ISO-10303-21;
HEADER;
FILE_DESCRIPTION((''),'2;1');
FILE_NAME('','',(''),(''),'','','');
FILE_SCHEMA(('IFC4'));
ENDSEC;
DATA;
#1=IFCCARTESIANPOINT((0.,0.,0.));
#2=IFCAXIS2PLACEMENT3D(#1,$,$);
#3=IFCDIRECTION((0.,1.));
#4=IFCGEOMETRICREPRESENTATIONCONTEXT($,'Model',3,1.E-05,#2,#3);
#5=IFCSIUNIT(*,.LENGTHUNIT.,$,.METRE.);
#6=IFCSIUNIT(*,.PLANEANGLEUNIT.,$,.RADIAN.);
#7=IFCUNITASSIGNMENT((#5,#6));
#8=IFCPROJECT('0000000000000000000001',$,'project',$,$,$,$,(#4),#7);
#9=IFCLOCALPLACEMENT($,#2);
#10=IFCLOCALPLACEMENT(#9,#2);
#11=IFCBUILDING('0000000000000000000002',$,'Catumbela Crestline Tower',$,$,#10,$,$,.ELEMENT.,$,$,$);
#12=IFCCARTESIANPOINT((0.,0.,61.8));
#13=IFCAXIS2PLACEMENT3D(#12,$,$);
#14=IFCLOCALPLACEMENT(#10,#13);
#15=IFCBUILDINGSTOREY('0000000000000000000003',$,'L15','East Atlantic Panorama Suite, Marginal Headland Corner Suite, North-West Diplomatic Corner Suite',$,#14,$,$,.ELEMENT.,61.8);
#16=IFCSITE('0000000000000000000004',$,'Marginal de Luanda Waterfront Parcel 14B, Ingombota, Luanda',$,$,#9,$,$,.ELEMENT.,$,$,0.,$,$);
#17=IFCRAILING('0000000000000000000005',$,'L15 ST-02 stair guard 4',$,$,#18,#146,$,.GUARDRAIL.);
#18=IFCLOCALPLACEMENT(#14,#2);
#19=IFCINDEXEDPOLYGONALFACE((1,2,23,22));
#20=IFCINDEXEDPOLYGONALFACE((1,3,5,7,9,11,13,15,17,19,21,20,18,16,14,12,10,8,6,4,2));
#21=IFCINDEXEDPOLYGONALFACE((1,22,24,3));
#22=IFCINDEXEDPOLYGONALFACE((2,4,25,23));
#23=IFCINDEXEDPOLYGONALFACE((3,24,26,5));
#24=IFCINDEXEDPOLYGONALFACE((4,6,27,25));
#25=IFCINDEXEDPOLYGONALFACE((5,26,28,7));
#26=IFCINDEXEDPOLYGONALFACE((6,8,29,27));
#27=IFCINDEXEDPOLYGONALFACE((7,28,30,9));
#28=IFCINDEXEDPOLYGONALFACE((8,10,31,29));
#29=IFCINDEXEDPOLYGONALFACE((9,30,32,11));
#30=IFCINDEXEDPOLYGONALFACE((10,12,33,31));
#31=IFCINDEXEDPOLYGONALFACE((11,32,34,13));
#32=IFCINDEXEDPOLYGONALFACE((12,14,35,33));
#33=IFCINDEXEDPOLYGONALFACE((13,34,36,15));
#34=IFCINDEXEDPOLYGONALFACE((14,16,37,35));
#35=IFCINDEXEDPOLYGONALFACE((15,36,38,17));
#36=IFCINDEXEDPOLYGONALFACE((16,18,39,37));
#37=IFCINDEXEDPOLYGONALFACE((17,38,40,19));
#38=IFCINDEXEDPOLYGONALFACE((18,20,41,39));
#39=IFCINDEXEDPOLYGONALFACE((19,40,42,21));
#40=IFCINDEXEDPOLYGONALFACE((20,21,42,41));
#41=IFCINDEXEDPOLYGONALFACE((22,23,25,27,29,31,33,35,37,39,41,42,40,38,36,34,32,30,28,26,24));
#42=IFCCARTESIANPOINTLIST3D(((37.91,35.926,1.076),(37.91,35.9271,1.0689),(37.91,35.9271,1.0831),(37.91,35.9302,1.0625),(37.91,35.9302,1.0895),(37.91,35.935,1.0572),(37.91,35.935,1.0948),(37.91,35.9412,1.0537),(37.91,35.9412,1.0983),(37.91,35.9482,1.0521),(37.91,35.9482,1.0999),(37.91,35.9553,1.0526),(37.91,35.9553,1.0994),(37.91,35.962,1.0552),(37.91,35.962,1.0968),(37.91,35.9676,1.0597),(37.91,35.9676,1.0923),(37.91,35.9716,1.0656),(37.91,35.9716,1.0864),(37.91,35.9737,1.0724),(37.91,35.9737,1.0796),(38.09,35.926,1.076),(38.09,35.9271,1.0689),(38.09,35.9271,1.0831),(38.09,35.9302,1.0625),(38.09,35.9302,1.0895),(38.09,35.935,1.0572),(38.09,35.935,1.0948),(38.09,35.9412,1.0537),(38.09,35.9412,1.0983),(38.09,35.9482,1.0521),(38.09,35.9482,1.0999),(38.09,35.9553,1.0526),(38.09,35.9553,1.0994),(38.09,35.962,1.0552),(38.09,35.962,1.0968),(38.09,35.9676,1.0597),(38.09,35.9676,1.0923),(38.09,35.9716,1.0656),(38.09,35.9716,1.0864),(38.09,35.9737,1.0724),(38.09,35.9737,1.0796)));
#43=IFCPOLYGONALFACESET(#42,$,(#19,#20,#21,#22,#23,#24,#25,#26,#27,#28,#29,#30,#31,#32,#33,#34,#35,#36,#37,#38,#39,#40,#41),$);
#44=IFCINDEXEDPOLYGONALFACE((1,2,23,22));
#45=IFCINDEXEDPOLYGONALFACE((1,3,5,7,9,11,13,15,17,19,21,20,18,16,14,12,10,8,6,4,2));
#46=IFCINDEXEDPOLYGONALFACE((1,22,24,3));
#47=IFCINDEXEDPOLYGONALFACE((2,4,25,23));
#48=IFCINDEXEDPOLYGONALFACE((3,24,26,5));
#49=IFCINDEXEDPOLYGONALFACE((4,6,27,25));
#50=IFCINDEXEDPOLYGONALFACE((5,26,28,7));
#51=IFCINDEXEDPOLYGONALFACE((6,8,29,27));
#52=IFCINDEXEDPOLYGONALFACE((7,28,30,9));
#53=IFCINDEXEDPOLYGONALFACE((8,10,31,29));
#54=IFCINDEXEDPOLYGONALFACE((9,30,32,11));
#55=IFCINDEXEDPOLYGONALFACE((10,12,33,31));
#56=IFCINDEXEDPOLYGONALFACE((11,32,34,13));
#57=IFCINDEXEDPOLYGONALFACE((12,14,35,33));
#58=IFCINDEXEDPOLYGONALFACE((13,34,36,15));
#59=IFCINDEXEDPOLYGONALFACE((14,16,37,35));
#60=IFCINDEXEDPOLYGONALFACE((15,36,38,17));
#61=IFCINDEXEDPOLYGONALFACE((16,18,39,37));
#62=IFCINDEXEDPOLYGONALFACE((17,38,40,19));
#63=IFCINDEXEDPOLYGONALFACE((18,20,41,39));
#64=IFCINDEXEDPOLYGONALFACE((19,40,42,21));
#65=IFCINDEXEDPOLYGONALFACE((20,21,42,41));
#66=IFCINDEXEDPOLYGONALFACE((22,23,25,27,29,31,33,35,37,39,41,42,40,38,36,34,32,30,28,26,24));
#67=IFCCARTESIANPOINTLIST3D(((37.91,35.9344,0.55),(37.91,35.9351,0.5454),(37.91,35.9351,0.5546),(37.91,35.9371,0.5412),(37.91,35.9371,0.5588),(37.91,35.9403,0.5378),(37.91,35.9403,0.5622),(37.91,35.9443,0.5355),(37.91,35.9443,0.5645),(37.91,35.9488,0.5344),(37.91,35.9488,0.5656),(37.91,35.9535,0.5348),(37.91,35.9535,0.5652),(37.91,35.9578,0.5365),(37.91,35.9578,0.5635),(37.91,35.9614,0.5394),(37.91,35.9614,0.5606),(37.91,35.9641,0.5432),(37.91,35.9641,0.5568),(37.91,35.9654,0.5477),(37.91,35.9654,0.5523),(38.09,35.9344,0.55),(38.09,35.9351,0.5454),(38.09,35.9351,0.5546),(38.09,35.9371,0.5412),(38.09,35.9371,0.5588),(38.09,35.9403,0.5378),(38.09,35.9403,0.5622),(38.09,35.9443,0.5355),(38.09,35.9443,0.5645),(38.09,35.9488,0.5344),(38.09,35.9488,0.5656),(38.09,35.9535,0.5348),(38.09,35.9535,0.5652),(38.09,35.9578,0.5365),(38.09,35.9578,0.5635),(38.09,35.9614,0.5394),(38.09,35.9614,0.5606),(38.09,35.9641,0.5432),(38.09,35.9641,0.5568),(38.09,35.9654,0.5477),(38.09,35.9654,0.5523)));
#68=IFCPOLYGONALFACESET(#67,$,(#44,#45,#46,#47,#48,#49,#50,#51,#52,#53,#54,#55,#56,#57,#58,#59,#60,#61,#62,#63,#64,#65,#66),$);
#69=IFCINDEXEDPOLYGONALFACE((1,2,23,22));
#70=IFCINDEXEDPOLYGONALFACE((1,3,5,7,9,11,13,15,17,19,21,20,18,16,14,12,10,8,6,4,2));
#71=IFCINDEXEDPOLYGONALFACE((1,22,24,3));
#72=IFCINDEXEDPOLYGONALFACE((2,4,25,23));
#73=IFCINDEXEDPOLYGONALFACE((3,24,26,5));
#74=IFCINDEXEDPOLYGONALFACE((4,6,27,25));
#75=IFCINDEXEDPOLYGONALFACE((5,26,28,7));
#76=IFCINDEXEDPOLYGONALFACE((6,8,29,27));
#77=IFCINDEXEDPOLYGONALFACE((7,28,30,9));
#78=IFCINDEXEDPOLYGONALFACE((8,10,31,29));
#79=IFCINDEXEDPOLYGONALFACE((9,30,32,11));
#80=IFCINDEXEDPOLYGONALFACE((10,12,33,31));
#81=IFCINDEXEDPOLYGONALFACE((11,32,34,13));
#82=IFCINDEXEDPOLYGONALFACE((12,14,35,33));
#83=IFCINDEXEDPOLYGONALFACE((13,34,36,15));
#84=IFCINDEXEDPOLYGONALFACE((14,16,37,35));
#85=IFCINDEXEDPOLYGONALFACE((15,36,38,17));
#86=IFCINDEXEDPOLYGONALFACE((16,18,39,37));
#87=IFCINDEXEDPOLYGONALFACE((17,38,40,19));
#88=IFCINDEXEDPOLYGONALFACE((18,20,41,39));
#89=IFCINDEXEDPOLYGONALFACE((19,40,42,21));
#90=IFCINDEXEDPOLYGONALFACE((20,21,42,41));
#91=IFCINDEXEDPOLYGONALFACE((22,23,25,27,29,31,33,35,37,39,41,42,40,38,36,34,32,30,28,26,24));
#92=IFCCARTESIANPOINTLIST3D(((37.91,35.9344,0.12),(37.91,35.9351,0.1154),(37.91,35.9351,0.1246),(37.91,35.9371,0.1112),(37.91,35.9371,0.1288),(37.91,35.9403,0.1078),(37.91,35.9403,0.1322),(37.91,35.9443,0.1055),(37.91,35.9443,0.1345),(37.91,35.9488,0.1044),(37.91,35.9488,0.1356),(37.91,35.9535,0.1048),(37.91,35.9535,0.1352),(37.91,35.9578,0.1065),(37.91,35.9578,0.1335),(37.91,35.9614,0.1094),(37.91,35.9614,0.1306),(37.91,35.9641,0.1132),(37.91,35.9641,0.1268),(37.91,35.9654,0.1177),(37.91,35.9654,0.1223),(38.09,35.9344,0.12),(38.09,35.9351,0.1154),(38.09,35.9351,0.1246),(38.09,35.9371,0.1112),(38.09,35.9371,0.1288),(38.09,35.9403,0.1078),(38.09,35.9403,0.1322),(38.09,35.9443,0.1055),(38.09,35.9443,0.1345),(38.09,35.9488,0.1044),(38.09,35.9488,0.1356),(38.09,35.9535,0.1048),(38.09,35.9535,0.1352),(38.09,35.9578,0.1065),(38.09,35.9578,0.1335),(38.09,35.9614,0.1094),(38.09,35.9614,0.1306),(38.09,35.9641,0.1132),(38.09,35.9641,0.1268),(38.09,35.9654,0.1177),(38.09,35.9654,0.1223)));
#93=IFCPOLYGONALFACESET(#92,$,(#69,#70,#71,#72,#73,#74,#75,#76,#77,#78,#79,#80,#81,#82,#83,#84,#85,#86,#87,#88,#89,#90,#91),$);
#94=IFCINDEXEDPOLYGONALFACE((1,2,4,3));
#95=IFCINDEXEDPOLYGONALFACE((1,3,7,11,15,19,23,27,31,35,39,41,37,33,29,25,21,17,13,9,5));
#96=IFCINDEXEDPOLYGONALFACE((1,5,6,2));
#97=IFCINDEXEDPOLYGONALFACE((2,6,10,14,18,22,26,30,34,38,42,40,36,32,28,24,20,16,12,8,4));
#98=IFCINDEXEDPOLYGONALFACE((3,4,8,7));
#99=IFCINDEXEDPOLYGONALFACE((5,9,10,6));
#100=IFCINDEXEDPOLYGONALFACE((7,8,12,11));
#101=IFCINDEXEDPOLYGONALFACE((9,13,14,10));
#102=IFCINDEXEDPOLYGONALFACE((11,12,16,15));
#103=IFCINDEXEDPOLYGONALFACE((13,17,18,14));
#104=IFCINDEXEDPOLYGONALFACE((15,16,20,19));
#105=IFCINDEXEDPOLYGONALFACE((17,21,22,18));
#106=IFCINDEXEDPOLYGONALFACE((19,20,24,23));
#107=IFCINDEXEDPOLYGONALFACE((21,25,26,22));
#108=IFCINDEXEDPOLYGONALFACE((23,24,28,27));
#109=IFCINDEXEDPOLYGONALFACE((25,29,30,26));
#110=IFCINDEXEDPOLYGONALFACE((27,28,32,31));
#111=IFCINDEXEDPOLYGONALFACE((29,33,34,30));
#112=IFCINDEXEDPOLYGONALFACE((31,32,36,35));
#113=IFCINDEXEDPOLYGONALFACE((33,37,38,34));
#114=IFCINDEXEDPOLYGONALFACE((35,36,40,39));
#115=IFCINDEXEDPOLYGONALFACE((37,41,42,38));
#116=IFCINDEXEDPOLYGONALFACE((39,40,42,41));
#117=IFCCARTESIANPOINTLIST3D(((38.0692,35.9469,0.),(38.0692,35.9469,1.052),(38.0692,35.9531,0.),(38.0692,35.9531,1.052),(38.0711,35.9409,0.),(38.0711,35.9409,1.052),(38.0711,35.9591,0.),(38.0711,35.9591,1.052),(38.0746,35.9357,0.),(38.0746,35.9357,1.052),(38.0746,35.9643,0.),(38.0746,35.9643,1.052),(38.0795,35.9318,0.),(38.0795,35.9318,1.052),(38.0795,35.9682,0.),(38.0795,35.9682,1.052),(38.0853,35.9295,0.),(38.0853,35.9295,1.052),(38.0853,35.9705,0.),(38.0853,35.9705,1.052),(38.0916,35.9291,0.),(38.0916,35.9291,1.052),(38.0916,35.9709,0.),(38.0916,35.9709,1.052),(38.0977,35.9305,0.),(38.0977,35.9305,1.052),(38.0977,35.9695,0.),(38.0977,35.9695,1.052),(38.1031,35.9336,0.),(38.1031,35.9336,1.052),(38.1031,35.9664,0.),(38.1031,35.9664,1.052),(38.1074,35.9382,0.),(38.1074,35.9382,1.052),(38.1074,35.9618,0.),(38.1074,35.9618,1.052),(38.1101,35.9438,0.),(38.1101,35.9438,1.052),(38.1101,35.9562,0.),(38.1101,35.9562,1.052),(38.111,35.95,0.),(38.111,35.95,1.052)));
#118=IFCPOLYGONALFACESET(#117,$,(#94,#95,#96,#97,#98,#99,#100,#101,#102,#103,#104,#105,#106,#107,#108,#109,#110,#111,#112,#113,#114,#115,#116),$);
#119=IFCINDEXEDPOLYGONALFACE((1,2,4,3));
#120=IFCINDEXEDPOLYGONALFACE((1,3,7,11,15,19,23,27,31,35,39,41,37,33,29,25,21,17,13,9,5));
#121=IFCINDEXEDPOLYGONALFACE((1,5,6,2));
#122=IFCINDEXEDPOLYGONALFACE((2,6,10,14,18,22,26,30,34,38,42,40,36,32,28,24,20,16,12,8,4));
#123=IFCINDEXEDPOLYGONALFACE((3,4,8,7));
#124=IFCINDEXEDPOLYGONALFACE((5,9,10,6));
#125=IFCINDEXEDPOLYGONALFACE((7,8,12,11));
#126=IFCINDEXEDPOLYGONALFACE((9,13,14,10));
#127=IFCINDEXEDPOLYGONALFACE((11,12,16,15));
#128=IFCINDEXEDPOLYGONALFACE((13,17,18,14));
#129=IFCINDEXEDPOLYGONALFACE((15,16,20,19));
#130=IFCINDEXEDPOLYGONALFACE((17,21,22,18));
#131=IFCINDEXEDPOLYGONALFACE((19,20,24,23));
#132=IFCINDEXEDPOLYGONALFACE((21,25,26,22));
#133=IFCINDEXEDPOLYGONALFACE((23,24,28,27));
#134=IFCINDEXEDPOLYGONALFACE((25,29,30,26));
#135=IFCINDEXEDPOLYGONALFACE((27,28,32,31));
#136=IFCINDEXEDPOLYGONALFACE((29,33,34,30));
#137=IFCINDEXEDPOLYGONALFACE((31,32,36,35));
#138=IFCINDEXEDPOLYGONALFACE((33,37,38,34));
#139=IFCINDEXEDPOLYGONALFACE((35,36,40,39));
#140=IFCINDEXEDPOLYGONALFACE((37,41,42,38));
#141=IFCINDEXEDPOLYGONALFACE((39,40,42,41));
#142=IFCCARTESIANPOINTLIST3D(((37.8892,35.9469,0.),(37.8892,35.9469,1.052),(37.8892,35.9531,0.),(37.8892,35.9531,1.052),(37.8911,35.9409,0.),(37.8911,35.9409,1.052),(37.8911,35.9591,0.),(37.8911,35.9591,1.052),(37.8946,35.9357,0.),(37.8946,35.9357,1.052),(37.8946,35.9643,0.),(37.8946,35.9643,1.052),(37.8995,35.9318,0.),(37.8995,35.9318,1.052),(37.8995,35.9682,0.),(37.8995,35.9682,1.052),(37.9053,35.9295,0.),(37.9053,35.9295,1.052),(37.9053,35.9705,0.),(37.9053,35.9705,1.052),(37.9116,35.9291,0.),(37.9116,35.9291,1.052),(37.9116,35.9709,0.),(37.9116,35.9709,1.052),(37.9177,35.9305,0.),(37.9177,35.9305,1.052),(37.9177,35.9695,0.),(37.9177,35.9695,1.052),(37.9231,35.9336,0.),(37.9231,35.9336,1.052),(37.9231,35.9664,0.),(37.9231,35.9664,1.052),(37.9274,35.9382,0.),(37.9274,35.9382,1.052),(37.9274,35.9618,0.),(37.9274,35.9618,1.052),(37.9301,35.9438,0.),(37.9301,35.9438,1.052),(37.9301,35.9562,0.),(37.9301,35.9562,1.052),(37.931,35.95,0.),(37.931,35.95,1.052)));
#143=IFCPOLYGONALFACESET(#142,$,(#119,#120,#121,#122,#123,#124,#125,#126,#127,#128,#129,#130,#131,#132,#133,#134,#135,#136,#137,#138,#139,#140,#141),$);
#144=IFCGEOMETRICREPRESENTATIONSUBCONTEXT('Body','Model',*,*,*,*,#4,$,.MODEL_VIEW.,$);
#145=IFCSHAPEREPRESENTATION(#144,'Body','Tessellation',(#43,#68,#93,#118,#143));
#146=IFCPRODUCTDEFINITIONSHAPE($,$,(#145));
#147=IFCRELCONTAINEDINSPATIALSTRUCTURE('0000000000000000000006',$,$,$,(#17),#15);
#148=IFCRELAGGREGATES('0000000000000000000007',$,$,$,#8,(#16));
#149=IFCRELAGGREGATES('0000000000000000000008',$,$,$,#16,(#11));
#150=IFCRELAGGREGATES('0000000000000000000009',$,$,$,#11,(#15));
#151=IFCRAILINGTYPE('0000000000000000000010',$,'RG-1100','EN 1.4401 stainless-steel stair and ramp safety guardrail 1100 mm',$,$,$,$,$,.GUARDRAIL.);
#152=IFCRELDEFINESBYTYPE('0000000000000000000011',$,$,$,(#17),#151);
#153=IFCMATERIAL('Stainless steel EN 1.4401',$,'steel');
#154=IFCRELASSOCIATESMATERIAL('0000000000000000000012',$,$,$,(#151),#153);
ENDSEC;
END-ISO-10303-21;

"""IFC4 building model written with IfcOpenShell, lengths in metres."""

from ifc_helpers import new_model, si_unit, direction, frame, origin, origin_2d, place, context, subcontext, project, spatial, circle, extrude, material, type_object, element, save


model = new_model("IFC4")

# Units and contexts
model_context = context("Model", 3, precision=1e-05, world=origin(), true_north=direction((0.0, 1.0)))
body_context = subcontext(model_context, "Body", "Model", "MODEL_VIEW")
ifc_project = project(units=[si_unit("LENGTHUNIT", "METRE"), si_unit("PLANEANGLEUNIT", "RADIAN")], contexts=[model_context])

# Site, building, storey
site_placement = place(None, origin())
site = spatial("IfcSite", under=ifc_project, at=site_placement, Name="Marginal de Luanda Waterfront Parcel 14B, Ingombota, Luanda", CompositionType="ELEMENT", RefElevation=0.0)
building_placement = place(site_placement, origin())
building = spatial("IfcBuilding", under=site, at=building_placement, Name="Catumbela Crestline Tower", CompositionType="ELEMENT")
storey_placement = place(building_placement, frame((0.0, 0.0, 61.8)))
storey = spatial("IfcBuildingStorey", under=building, at=storey_placement, Name="L15", Description="East Atlantic Panorama Suite, Marginal Headland Corner Suite, North-West Diplomatic Corner Suite", CompositionType="ELEMENT", Elevation=61.8)

# Shared definitions
ifc_material_1 = material(Name="Stainless steel EN 1.4401", Category="steel")

# Railing
railing_type_1 = type_object("IfcRailingType", Name="RG-1100", Description="EN 1.4401 stainless-steel stair and ramp safety guardrail 1100 mm", PredefinedType="GUARDRAIL", material=ifc_material_1)
railing_1_placement = place(storey_placement, frame((38.09, 35.95, 0.0)))
element("IfcRailing", 1, at=railing_1_placement, inside=storey, type_object=railing_type_1, Name="L15 ST-02 stair guard 4", PredefinedType="GUARDRAIL", context=body_context, shape_type="SweptSolid", body=[
    extrude(circle(Radius=0.024, at=origin_2d()), frame((0.0, 0.0, 1.076), z_axis=(-1.0, 0.0, 0.0), x_axis=(0.0, -1.0, 0.0)), (0.0, 0.0, 1.0), 0.18),
    extrude(circle(Radius=0.0156, at=origin_2d()), frame((0.0, 0.0, 0.55), z_axis=(-1.0, 0.0, 0.0), x_axis=(0.0, -1.0, 0.0)), (0.0, 0.0, 1.0), 0.18),
    extrude(circle(Radius=0.0156, at=origin_2d()), frame((0.0, 0.0, 0.12), z_axis=(-1.0, 0.0, 0.0), x_axis=(0.0, -1.0, 0.0)), (0.0, 0.0, 1.0), 0.18),
    extrude(circle(Radius=0.021, at=origin_2d()), origin(), (0.0, 0.0, 1.0), 1.052),
    extrude(circle(Radius=0.021, at=origin_2d()), frame((-0.18, 0.0, 0.0)), (0.0, 0.0, 1.0), 1.052),
])

save(model, "model.ifc")
